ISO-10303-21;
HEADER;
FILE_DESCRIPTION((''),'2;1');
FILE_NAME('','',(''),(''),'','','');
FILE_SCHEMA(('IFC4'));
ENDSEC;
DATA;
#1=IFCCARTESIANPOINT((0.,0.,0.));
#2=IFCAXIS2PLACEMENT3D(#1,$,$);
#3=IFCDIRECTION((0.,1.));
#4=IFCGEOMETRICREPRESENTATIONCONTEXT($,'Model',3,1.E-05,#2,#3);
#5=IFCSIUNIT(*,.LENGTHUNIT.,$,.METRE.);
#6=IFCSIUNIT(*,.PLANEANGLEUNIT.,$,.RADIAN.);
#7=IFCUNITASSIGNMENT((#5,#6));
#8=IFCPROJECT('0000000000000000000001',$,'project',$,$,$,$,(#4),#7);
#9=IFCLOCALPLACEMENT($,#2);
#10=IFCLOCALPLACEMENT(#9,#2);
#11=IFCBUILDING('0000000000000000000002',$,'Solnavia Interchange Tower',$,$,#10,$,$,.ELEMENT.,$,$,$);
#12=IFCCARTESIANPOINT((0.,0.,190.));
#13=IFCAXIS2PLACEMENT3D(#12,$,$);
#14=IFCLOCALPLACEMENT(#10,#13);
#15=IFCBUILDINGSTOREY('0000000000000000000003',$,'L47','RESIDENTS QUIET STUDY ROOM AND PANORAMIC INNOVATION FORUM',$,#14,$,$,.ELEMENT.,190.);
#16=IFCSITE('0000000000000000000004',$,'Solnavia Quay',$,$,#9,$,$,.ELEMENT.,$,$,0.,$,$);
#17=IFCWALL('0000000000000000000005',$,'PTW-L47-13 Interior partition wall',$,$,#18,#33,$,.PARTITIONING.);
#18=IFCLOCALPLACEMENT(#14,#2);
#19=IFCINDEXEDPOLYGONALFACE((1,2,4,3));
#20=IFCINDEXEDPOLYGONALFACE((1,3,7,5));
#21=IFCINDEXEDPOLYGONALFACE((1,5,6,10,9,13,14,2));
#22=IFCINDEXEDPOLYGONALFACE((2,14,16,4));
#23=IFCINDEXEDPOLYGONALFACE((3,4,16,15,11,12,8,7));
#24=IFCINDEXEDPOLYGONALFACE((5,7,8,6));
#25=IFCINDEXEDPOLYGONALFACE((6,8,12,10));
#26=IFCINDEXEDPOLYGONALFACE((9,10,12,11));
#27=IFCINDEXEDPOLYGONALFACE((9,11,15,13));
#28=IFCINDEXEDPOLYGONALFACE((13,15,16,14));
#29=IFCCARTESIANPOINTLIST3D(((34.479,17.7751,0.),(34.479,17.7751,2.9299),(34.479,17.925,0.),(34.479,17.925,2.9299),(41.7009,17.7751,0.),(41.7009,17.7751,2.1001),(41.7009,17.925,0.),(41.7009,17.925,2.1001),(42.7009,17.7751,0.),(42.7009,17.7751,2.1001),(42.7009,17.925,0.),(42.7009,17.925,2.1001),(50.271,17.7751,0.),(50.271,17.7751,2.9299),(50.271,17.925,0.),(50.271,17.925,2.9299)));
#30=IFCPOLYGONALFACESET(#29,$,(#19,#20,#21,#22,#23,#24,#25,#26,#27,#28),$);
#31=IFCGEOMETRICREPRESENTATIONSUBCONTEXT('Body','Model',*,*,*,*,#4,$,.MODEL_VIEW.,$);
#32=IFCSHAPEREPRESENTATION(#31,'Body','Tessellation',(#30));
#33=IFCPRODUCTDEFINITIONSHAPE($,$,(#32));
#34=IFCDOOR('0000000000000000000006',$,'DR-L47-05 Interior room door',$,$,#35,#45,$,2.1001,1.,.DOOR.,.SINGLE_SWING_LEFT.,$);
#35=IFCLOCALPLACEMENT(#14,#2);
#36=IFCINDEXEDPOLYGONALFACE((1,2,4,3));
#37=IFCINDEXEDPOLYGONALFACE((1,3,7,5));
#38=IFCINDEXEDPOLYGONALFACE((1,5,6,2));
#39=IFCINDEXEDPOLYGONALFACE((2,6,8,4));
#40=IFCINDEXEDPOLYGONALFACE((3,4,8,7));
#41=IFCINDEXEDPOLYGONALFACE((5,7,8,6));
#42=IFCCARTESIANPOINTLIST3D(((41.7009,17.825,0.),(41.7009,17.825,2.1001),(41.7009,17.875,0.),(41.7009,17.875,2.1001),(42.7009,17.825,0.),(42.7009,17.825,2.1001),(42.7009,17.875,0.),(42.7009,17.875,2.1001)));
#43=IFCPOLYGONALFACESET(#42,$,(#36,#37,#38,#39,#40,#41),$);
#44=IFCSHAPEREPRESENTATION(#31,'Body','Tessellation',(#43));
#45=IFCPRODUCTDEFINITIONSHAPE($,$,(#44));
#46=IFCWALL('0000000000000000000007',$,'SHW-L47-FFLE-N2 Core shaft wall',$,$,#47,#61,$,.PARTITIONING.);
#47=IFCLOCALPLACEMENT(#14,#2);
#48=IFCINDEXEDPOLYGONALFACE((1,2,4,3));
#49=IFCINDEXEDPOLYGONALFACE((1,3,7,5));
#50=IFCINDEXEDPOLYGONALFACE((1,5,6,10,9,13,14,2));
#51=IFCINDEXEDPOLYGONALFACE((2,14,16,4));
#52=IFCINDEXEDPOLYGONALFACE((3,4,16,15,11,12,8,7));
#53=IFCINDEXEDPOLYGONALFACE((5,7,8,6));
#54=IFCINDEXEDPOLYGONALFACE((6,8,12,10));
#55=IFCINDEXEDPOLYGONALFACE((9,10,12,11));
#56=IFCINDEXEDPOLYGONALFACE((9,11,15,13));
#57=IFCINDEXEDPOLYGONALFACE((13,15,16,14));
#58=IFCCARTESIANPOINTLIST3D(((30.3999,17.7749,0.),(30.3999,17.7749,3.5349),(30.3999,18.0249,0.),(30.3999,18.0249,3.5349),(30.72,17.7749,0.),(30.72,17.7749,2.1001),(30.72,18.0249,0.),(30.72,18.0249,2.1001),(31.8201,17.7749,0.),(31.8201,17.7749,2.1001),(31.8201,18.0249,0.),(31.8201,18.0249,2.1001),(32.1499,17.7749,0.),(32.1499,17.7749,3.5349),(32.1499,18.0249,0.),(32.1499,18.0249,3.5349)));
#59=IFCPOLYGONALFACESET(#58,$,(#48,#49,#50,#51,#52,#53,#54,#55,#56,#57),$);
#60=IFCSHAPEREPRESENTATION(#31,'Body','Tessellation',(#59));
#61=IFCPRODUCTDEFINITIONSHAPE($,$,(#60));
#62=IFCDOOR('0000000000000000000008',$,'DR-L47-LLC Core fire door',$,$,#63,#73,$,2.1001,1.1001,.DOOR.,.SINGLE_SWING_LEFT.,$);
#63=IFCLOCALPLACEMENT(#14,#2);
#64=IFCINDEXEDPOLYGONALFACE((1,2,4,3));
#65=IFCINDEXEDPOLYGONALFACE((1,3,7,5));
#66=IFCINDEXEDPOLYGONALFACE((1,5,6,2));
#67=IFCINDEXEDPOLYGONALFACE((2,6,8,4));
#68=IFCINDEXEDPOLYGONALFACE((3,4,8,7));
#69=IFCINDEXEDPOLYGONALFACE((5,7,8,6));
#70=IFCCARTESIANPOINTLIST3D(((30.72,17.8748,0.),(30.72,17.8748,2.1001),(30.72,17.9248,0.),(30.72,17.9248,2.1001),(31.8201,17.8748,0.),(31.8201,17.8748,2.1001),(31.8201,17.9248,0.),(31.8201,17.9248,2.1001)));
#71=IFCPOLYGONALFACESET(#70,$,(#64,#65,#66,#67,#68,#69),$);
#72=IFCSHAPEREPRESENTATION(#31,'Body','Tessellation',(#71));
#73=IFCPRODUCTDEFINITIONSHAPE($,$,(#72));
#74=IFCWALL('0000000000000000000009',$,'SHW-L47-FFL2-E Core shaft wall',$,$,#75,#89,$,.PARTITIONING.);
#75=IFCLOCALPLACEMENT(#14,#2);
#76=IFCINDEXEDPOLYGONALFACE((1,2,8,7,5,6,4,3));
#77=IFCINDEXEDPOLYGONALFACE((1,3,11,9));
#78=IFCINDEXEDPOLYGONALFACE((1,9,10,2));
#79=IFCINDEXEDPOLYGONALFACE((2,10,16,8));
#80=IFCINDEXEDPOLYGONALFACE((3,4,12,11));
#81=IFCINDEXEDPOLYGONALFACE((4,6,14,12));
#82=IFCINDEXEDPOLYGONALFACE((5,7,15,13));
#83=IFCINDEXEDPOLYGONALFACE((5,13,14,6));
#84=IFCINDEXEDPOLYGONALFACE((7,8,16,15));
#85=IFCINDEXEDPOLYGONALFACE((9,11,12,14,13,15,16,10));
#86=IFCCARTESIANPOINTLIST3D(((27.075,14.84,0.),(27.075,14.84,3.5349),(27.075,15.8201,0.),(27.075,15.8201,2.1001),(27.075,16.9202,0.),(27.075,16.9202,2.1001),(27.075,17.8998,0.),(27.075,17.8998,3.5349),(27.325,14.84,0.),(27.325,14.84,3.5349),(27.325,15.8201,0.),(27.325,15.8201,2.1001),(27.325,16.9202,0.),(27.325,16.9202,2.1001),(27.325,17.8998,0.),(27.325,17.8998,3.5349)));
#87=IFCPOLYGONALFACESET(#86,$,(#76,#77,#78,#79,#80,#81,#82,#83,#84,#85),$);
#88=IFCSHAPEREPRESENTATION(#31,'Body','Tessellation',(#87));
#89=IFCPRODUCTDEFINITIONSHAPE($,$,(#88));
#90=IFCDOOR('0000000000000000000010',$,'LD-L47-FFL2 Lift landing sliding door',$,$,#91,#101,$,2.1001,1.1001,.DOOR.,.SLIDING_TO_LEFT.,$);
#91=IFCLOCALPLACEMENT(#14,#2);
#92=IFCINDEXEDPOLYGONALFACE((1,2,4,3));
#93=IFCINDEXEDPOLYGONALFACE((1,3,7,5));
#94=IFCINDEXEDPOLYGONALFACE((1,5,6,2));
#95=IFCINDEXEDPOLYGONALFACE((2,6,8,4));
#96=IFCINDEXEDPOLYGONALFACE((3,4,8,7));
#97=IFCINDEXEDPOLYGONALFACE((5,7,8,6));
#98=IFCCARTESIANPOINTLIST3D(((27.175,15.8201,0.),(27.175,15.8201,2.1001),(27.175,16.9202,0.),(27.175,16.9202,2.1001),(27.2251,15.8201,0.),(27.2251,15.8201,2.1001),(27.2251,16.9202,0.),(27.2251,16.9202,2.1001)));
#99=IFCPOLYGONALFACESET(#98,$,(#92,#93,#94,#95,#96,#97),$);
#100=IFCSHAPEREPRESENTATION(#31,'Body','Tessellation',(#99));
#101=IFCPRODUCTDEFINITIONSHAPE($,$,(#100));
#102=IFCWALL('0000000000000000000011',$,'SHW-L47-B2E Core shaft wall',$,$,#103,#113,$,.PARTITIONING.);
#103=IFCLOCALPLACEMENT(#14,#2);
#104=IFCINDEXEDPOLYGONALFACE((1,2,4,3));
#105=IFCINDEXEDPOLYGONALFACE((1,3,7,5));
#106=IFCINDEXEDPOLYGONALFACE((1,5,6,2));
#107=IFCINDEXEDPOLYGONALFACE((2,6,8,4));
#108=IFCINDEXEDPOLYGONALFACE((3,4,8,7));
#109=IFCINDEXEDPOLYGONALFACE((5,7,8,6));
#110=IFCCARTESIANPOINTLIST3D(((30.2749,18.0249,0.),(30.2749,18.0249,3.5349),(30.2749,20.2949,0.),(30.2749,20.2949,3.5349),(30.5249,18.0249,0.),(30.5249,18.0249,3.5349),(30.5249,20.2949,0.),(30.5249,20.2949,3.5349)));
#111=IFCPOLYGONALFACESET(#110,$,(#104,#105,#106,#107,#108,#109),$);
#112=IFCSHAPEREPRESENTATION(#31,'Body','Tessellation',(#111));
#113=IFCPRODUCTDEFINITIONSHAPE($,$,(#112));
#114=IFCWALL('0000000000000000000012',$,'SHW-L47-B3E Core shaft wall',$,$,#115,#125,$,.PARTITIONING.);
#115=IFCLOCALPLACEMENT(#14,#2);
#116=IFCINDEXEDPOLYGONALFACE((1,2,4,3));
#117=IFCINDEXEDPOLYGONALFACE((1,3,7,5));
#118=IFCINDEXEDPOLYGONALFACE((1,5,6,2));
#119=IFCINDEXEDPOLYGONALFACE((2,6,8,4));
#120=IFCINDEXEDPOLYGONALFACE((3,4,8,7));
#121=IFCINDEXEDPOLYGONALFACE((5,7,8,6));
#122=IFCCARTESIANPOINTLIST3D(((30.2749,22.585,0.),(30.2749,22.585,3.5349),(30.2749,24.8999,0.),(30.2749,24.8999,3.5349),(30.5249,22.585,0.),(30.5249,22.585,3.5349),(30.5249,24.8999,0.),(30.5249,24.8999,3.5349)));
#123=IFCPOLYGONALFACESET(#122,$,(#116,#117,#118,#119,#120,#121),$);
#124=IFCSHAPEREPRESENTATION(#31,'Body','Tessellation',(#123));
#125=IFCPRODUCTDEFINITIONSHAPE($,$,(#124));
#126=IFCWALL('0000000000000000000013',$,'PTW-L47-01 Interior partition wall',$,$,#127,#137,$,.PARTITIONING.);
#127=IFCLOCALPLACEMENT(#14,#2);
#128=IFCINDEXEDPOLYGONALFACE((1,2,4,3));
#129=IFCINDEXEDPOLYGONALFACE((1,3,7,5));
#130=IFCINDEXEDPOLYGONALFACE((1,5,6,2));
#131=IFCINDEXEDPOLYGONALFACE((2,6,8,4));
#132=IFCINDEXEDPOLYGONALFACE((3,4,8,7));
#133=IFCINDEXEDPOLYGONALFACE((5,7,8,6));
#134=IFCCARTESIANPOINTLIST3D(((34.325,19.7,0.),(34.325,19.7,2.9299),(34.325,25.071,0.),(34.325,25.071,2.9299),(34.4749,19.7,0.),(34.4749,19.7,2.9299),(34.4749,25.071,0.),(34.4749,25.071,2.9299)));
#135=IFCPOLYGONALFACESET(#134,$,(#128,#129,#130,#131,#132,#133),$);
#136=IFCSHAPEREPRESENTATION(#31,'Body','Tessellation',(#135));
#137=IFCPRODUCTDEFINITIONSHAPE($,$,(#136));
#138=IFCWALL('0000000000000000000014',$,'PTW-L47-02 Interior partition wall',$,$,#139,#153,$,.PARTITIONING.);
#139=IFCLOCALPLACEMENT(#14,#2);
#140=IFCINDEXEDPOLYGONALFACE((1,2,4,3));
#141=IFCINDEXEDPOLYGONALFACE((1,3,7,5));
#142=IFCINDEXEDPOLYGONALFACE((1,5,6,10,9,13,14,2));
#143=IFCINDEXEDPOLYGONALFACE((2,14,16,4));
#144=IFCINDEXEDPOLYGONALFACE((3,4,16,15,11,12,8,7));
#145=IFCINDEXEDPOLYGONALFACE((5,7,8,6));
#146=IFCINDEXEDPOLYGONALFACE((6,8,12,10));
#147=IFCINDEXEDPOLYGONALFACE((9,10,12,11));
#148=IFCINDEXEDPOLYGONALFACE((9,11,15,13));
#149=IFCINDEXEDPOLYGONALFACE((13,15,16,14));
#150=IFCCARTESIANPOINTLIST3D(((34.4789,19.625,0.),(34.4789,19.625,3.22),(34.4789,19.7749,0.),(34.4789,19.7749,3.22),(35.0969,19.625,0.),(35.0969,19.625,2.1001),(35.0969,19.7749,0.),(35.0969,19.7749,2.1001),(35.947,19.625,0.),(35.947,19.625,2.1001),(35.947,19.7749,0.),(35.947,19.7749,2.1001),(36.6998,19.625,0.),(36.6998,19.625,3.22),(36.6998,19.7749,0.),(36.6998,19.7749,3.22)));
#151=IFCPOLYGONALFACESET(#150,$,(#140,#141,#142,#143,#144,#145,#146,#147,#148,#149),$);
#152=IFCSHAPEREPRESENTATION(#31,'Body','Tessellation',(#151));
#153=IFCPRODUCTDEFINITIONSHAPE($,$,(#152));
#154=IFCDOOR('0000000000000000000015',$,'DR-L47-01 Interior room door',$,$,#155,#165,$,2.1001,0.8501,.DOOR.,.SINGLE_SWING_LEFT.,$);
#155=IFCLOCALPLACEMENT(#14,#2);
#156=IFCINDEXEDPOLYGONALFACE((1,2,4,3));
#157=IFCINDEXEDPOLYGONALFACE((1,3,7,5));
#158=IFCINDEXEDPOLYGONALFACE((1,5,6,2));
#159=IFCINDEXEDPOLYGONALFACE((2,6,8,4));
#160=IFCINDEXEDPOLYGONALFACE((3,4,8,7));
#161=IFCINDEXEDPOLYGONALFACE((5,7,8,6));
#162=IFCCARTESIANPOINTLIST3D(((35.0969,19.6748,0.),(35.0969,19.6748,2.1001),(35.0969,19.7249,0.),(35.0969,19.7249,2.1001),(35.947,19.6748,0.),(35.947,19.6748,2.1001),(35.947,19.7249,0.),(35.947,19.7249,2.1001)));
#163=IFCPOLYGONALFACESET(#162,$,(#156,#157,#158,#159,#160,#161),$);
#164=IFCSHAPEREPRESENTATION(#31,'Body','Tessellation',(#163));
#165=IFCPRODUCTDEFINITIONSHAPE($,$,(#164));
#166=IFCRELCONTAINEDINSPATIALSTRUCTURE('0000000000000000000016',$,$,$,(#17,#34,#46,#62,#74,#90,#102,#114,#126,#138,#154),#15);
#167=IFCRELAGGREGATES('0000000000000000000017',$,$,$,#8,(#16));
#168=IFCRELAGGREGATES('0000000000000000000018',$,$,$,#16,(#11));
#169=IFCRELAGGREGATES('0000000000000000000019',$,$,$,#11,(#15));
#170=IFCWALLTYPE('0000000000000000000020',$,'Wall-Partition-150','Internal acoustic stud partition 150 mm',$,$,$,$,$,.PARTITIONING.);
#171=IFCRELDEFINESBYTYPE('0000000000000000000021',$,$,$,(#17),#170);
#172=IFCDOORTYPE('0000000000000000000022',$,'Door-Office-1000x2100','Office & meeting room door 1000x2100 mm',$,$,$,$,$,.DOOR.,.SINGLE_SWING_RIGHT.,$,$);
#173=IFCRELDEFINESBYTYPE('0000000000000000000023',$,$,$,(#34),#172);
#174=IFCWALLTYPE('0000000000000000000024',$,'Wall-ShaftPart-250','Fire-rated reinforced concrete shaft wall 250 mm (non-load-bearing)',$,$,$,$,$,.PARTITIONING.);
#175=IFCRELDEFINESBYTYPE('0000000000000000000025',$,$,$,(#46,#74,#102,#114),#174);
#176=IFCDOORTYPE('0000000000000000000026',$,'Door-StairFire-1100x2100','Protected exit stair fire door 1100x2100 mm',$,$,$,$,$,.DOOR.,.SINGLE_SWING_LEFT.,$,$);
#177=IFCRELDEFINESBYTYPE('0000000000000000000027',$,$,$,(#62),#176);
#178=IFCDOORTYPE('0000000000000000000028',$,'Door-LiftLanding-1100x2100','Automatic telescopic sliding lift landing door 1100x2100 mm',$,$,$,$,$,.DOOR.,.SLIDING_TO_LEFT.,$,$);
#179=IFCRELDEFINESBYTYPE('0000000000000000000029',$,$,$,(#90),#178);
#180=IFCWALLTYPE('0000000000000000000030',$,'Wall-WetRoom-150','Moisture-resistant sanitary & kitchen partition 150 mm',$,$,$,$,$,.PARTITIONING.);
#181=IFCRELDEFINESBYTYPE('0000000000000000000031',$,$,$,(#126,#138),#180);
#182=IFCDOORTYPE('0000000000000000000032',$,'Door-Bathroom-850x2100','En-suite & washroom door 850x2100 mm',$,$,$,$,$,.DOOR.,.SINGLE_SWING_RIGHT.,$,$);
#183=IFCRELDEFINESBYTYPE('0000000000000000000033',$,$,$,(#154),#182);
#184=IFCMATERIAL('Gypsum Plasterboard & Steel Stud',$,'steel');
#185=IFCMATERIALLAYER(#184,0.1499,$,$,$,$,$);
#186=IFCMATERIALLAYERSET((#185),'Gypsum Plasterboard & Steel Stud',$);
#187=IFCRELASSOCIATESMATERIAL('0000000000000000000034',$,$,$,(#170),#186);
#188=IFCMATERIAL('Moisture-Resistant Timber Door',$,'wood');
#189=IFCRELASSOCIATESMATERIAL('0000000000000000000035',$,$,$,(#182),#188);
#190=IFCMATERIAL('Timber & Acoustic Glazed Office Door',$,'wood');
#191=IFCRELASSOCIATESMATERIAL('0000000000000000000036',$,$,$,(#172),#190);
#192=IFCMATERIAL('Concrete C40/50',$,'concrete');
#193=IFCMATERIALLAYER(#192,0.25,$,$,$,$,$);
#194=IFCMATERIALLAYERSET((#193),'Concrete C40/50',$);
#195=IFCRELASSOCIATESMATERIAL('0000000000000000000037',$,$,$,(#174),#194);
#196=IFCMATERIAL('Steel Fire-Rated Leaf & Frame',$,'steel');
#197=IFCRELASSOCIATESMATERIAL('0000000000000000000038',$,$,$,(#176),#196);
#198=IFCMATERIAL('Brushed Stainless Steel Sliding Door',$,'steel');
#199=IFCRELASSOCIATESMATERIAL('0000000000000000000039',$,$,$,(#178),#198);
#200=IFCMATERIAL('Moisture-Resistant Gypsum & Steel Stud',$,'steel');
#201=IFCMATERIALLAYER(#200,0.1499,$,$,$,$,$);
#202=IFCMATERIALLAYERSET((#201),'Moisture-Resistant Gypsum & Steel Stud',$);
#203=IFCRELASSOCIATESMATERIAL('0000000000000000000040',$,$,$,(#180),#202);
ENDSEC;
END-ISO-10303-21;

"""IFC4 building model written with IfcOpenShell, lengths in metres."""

from ifc_helpers import new_model, si_unit, direction, frame, frame_2d, origin, place, context, subcontext, project, spatial, rectangle, extrude, material, layer, layer_set, type_object, element, fill, save


model = new_model("IFC4")

# Units and contexts
model_context = context("Model", 3, precision=1e-05, world=origin(), true_north=direction((0.0, 1.0)))
body_context = subcontext(model_context, "Body", "Model", "MODEL_VIEW")
ifc_project = project(units=[si_unit("LENGTHUNIT", "METRE"), si_unit("PLANEANGLEUNIT", "RADIAN")], contexts=[model_context])

# Site, building, storey
site_placement = place(None, origin())
site = spatial("IfcSite", under=ifc_project, at=site_placement, Name="Solnavia Quay", CompositionType="ELEMENT", RefElevation=0.0)
building_placement = place(site_placement, origin())
building = spatial("IfcBuilding", under=site, at=building_placement, Name="Solnavia Interchange Tower", CompositionType="ELEMENT")
storey_placement = place(building_placement, frame((0.0, 0.0, 190.0)))
storey = spatial("IfcBuildingStorey", under=building, at=storey_placement, Name="L47", Description="RESIDENTS QUIET STUDY ROOM AND PANORAMIC INNOVATION FORUM", CompositionType="ELEMENT", Elevation=190.0)

# Shared definitions
ifc_material_1 = material(Name="Concrete C40/50", Category="concrete")

# Walls, openings, doors
ifc_material_2 = material(Name="Gypsum Plasterboard & Steel Stud", Category="steel")
ifc_layer_1 = layer(ifc_material_2, 0.1499)
ifc_layer_set_1 = layer_set([ifc_layer_1], Name="Gypsum Plasterboard & Steel Stud")
wall_type_1 = type_object("IfcWallType", Name="Wall-Partition-150", Description="Internal acoustic stud partition 150 mm", PredefinedType="PARTITIONING", material=ifc_layer_set_1)
ifc_material_3 = material(Name="Moisture-Resistant Timber Door", Category="wood")
door_type_1 = type_object("IfcDoorType", Name="Door-Bathroom-850x2100", Description="En-suite & washroom door 850x2100 mm", OperationType="SINGLE_SWING_RIGHT", PredefinedType="DOOR", material=ifc_material_3)
wall_1_placement = place(storey_placement, frame((34.479, 17.8501, 0.0), z_axis=(0.0, 0.0, 1.0), x_axis=(1.0, 0.0, 0.0)))
wall_1 = element("IfcWall", 1, at=wall_1_placement, inside=storey, type_object=wall_type_1, Name="PTW-L47-13 Interior partition wall", PredefinedType="PARTITIONING", context=body_context, shape_type="SweptSolid", body=[
    extrude(rectangle(XDim=15.792, YDim=0.1499, at=frame_2d((7.896, 0.0))), origin(), (0.0, 0.0, 1.0), 2.9299),
])
opening_1_placement = place(wall_1_placement, frame((7.2219, 0.0, 0.0)))
opening_1 = element("IfcOpeningElement", 2, at=opening_1_placement, cuts=wall_1, PredefinedType="OPENING", context=body_context, shape_type="SweptSolid", body=[
    extrude(rectangle(XDim=1.0, YDim=2.1001, at=frame_2d((0.5, 1.05))), frame((0.0, 0.085, 0.0), z_axis=(0.0, -1.0, 0.0), x_axis=(1.0, 0.0, 0.0)), (0.0, 0.0, 1.0), 0.1699),
])
ifc_material_4 = material(Name="Timber & Acoustic Glazed Office Door", Category="wood")
door_type_2 = type_object("IfcDoorType", Name="Door-Office-1000x2100", Description="Office & meeting room door 1000x2100 mm", OperationType="SINGLE_SWING_RIGHT", PredefinedType="DOOR", material=ifc_material_4)
door_1_placement = place(opening_1_placement, origin())
door_1 = element("IfcDoor", 3, at=door_1_placement, inside=storey, type_object=door_type_2, Name="DR-L47-05 Interior room door", OperationType="SINGLE_SWING_LEFT", OverallHeight=2.1001, OverallWidth=1.0, PredefinedType="DOOR", context=body_context, shape_type="SweptSolid", body=[
    extrude(rectangle(XDim=1.0, YDim=2.1001, at=frame_2d((0.5, 1.05))), frame((0.0, 0.0249, 0.0), z_axis=(0.0, -1.0, 0.0), x_axis=(1.0, 0.0, 0.0)), (0.0, 0.0, 1.0), 0.05),
])
fill(opening_1, door_1)
ifc_layer_2 = layer(ifc_material_1, 0.25)
ifc_layer_set_2 = layer_set([ifc_layer_2], Name="Concrete C40/50")
wall_type_2 = type_object("IfcWallType", Name="Wall-ShaftPart-250", Description="Fire-rated reinforced concrete shaft wall 250 mm (non-load-bearing)", PredefinedType="PARTITIONING", material=ifc_layer_set_2)
wall_2_placement = place(storey_placement, frame((30.3999, 17.8999, 0.0), z_axis=(0.0, 0.0, 1.0), x_axis=(1.0, 0.0, 0.0)))
wall_2 = element("IfcWall", 4, at=wall_2_placement, inside=storey, type_object=wall_type_2, Name="SHW-L47-FFLE-N2 Core shaft wall", PredefinedType="PARTITIONING", context=body_context, shape_type="SweptSolid", body=[
    extrude(rectangle(XDim=1.75, YDim=0.25, at=frame_2d((0.875, 0.0))), origin(), (0.0, 0.0, 1.0), 3.5349),
])
opening_2_placement = place(wall_2_placement, frame((0.3201, 0.0, 0.0)))
opening_2 = element("IfcOpeningElement", 5, at=opening_2_placement, cuts=wall_2, PredefinedType="OPENING", context=body_context, shape_type="SweptSolid", body=[
    extrude(rectangle(XDim=1.1001, YDim=2.1001, at=frame_2d((0.55, 1.05))), frame((0.0, 0.135, 0.0), z_axis=(0.0, -1.0, 0.0), x_axis=(1.0, 0.0, 0.0)), (0.0, 0.0, 1.0), 0.27),
])
ifc_material_5 = material(Name="Steel Fire-Rated Leaf & Frame", Category="steel")
door_type_3 = type_object("IfcDoorType", Name="Door-StairFire-1100x2100", Description="Protected exit stair fire door 1100x2100 mm", OperationType="SINGLE_SWING_LEFT", PredefinedType="DOOR", material=ifc_material_5)
door_2_placement = place(opening_2_placement, origin())
door_2 = element("IfcDoor", 6, at=door_2_placement, inside=storey, type_object=door_type_3, Name="DR-L47-LLC Core fire door", OperationType="SINGLE_SWING_LEFT", OverallHeight=2.1001, OverallWidth=1.1001, PredefinedType="DOOR", context=body_context, shape_type="SweptSolid", body=[
    extrude(rectangle(XDim=1.1001, YDim=2.1001, at=frame_2d((0.55, 1.05))), frame((0.0, 0.0249, 0.0), z_axis=(0.0, -1.0, 0.0), x_axis=(1.0, 0.0, 0.0)), (0.0, 0.0, 1.0), 0.05),
])
fill(opening_2, door_2)
wall_3_placement = place(storey_placement, frame((27.2, 14.8401, 0.0), z_axis=(0.0, 0.0, 1.0), x_axis=(0.0, 1.0, 0.0)))
wall_3 = element("IfcWall", 7, at=wall_3_placement, inside=storey, type_object=wall_type_2, Name="SHW-L47-FFL2-E Core shaft wall", PredefinedType="PARTITIONING", context=body_context, shape_type="SweptSolid", body=[
    extrude(rectangle(XDim=3.0598, YDim=0.25, at=frame_2d((1.5298, 0.0))), origin(), (0.0, 0.0, 1.0), 3.5349),
])
opening_3_placement = place(wall_3_placement, frame((0.98, 0.0, 0.0)))
opening_3 = element("IfcOpeningElement", 8, at=opening_3_placement, cuts=wall_3, PredefinedType="OPENING", context=body_context, shape_type="SweptSolid", body=[
    extrude(rectangle(XDim=1.1001, YDim=2.1001, at=frame_2d((0.55, 1.05))), frame((0.0, 0.135, 0.0), z_axis=(0.0, -1.0, 0.0), x_axis=(1.0, 0.0, 0.0)), (0.0, 0.0, 1.0), 0.27),
])
ifc_material_6 = material(Name="Brushed Stainless Steel Sliding Door", Category="steel")
door_type_4 = type_object("IfcDoorType", Name="Door-LiftLanding-1100x2100", Description="Automatic telescopic sliding lift landing door 1100x2100 mm", OperationType="SLIDING_TO_LEFT", PredefinedType="DOOR", material=ifc_material_6)
door_3_placement = place(opening_3_placement, origin())
door_3 = element("IfcDoor", 9, at=door_3_placement, inside=storey, type_object=door_type_4, Name="LD-L47-FFL2 Lift landing sliding door", OperationType="SLIDING_TO_LEFT", OverallHeight=2.1001, OverallWidth=1.1001, PredefinedType="DOOR", context=body_context, shape_type="SweptSolid", body=[
    extrude(rectangle(XDim=1.1001, YDim=2.1001, at=frame_2d((0.55, 1.05))), frame((0.0, 0.0249, 0.0), z_axis=(0.0, -1.0, 0.0), x_axis=(1.0, 0.0, 0.0)), (0.0, 0.0, 1.0), 0.05),
])
fill(opening_3, door_3)

# Walls
wall_4_placement = place(storey_placement, frame((30.3999, 18.0249, 0.0), z_axis=(0.0, 0.0, 1.0), x_axis=(0.0, 1.0, 0.0)))
element("IfcWall", 10, at=wall_4_placement, inside=storey, type_object=wall_type_2, Name="SHW-L47-B2E Core shaft wall", PredefinedType="PARTITIONING", context=body_context, shape_type="SweptSolid", body=[
    extrude(rectangle(XDim=2.27, YDim=0.25, at=frame_2d((1.135, 0.0))), origin(), (0.0, 0.0, 1.0), 3.5349),
])
wall_5_placement = place(storey_placement, frame((30.3999, 22.585, 0.0), z_axis=(0.0, 0.0, 1.0), x_axis=(0.0, 1.0, 0.0)))
element("IfcWall", 11, at=wall_5_placement, inside=storey, type_object=wall_type_2, Name="SHW-L47-B3E Core shaft wall", PredefinedType="PARTITIONING", context=body_context, shape_type="SweptSolid", body=[
    extrude(rectangle(XDim=2.3149, YDim=0.25, at=frame_2d((1.1575, 0.0))), origin(), (0.0, 0.0, 1.0), 3.5349),
])
ifc_material_7 = material(Name="Moisture-Resistant Gypsum & Steel Stud", Category="steel")
ifc_layer_3 = layer(ifc_material_7, 0.1499)
ifc_layer_set_3 = layer_set([ifc_layer_3], Name="Moisture-Resistant Gypsum & Steel Stud")
wall_type_3 = type_object("IfcWallType", Name="Wall-WetRoom-150", Description="Moisture-resistant sanitary & kitchen partition 150 mm", PredefinedType="PARTITIONING", material=ifc_layer_set_3)
wall_6_placement = place(storey_placement, frame((34.3999, 19.7, 0.0), z_axis=(0.0, 0.0, 1.0), x_axis=(0.0, 1.0, 0.0)))
element("IfcWall", 12, at=wall_6_placement, inside=storey, type_object=wall_type_3, Name="PTW-L47-01 Interior partition wall", PredefinedType="PARTITIONING", context=body_context, shape_type="SweptSolid", body=[
    extrude(rectangle(XDim=5.3711, YDim=0.1499, at=frame_2d((2.6855, 0.0))), origin(), (0.0, 0.0, 1.0), 2.9299),
])

# Wall, opening, door
wall_7_placement = place(storey_placement, frame((34.479, 19.7, 0.0), z_axis=(0.0, 0.0, 1.0), x_axis=(1.0, 0.0, 0.0)))
wall_7 = element("IfcWall", 13, at=wall_7_placement, inside=storey, type_object=wall_type_3, Name="PTW-L47-02 Interior partition wall", PredefinedType="PARTITIONING", context=body_context, shape_type="SweptSolid", body=[
    extrude(rectangle(XDim=2.2209, YDim=0.1499, at=frame_2d((1.1104, 0.0))), origin(), (0.0, 0.0, 1.0), 3.22),
])
opening_4_placement = place(wall_7_placement, frame((0.6179, 0.0, 0.0)))
opening_4 = element("IfcOpeningElement", 14, at=opening_4_placement, cuts=wall_7, PredefinedType="OPENING", context=body_context, shape_type="SweptSolid", body=[
    extrude(rectangle(XDim=0.8501, YDim=2.1001, at=frame_2d((0.425, 1.05))), frame((0.0, 0.085, 0.0), z_axis=(0.0, -1.0, 0.0), x_axis=(1.0, 0.0, 0.0)), (0.0, 0.0, 1.0), 0.1699),
])
door_4_placement = place(opening_4_placement, origin())
door_4 = element("IfcDoor", 15, at=door_4_placement, inside=storey, type_object=door_type_1, Name="DR-L47-01 Interior room door", OperationType="SINGLE_SWING_LEFT", OverallHeight=2.1001, OverallWidth=0.8501, PredefinedType="DOOR", context=body_context, shape_type="SweptSolid", body=[
    extrude(rectangle(XDim=0.8501, YDim=2.1001, at=frame_2d((0.425, 1.05))), frame((0.0, 0.0249, 0.0), z_axis=(0.0, -1.0, 0.0), x_axis=(1.0, 0.0, 0.0)), (0.0, 0.0, 1.0), 0.05),
])
fill(opening_4, door_4)

save(model, "model.ifc")
